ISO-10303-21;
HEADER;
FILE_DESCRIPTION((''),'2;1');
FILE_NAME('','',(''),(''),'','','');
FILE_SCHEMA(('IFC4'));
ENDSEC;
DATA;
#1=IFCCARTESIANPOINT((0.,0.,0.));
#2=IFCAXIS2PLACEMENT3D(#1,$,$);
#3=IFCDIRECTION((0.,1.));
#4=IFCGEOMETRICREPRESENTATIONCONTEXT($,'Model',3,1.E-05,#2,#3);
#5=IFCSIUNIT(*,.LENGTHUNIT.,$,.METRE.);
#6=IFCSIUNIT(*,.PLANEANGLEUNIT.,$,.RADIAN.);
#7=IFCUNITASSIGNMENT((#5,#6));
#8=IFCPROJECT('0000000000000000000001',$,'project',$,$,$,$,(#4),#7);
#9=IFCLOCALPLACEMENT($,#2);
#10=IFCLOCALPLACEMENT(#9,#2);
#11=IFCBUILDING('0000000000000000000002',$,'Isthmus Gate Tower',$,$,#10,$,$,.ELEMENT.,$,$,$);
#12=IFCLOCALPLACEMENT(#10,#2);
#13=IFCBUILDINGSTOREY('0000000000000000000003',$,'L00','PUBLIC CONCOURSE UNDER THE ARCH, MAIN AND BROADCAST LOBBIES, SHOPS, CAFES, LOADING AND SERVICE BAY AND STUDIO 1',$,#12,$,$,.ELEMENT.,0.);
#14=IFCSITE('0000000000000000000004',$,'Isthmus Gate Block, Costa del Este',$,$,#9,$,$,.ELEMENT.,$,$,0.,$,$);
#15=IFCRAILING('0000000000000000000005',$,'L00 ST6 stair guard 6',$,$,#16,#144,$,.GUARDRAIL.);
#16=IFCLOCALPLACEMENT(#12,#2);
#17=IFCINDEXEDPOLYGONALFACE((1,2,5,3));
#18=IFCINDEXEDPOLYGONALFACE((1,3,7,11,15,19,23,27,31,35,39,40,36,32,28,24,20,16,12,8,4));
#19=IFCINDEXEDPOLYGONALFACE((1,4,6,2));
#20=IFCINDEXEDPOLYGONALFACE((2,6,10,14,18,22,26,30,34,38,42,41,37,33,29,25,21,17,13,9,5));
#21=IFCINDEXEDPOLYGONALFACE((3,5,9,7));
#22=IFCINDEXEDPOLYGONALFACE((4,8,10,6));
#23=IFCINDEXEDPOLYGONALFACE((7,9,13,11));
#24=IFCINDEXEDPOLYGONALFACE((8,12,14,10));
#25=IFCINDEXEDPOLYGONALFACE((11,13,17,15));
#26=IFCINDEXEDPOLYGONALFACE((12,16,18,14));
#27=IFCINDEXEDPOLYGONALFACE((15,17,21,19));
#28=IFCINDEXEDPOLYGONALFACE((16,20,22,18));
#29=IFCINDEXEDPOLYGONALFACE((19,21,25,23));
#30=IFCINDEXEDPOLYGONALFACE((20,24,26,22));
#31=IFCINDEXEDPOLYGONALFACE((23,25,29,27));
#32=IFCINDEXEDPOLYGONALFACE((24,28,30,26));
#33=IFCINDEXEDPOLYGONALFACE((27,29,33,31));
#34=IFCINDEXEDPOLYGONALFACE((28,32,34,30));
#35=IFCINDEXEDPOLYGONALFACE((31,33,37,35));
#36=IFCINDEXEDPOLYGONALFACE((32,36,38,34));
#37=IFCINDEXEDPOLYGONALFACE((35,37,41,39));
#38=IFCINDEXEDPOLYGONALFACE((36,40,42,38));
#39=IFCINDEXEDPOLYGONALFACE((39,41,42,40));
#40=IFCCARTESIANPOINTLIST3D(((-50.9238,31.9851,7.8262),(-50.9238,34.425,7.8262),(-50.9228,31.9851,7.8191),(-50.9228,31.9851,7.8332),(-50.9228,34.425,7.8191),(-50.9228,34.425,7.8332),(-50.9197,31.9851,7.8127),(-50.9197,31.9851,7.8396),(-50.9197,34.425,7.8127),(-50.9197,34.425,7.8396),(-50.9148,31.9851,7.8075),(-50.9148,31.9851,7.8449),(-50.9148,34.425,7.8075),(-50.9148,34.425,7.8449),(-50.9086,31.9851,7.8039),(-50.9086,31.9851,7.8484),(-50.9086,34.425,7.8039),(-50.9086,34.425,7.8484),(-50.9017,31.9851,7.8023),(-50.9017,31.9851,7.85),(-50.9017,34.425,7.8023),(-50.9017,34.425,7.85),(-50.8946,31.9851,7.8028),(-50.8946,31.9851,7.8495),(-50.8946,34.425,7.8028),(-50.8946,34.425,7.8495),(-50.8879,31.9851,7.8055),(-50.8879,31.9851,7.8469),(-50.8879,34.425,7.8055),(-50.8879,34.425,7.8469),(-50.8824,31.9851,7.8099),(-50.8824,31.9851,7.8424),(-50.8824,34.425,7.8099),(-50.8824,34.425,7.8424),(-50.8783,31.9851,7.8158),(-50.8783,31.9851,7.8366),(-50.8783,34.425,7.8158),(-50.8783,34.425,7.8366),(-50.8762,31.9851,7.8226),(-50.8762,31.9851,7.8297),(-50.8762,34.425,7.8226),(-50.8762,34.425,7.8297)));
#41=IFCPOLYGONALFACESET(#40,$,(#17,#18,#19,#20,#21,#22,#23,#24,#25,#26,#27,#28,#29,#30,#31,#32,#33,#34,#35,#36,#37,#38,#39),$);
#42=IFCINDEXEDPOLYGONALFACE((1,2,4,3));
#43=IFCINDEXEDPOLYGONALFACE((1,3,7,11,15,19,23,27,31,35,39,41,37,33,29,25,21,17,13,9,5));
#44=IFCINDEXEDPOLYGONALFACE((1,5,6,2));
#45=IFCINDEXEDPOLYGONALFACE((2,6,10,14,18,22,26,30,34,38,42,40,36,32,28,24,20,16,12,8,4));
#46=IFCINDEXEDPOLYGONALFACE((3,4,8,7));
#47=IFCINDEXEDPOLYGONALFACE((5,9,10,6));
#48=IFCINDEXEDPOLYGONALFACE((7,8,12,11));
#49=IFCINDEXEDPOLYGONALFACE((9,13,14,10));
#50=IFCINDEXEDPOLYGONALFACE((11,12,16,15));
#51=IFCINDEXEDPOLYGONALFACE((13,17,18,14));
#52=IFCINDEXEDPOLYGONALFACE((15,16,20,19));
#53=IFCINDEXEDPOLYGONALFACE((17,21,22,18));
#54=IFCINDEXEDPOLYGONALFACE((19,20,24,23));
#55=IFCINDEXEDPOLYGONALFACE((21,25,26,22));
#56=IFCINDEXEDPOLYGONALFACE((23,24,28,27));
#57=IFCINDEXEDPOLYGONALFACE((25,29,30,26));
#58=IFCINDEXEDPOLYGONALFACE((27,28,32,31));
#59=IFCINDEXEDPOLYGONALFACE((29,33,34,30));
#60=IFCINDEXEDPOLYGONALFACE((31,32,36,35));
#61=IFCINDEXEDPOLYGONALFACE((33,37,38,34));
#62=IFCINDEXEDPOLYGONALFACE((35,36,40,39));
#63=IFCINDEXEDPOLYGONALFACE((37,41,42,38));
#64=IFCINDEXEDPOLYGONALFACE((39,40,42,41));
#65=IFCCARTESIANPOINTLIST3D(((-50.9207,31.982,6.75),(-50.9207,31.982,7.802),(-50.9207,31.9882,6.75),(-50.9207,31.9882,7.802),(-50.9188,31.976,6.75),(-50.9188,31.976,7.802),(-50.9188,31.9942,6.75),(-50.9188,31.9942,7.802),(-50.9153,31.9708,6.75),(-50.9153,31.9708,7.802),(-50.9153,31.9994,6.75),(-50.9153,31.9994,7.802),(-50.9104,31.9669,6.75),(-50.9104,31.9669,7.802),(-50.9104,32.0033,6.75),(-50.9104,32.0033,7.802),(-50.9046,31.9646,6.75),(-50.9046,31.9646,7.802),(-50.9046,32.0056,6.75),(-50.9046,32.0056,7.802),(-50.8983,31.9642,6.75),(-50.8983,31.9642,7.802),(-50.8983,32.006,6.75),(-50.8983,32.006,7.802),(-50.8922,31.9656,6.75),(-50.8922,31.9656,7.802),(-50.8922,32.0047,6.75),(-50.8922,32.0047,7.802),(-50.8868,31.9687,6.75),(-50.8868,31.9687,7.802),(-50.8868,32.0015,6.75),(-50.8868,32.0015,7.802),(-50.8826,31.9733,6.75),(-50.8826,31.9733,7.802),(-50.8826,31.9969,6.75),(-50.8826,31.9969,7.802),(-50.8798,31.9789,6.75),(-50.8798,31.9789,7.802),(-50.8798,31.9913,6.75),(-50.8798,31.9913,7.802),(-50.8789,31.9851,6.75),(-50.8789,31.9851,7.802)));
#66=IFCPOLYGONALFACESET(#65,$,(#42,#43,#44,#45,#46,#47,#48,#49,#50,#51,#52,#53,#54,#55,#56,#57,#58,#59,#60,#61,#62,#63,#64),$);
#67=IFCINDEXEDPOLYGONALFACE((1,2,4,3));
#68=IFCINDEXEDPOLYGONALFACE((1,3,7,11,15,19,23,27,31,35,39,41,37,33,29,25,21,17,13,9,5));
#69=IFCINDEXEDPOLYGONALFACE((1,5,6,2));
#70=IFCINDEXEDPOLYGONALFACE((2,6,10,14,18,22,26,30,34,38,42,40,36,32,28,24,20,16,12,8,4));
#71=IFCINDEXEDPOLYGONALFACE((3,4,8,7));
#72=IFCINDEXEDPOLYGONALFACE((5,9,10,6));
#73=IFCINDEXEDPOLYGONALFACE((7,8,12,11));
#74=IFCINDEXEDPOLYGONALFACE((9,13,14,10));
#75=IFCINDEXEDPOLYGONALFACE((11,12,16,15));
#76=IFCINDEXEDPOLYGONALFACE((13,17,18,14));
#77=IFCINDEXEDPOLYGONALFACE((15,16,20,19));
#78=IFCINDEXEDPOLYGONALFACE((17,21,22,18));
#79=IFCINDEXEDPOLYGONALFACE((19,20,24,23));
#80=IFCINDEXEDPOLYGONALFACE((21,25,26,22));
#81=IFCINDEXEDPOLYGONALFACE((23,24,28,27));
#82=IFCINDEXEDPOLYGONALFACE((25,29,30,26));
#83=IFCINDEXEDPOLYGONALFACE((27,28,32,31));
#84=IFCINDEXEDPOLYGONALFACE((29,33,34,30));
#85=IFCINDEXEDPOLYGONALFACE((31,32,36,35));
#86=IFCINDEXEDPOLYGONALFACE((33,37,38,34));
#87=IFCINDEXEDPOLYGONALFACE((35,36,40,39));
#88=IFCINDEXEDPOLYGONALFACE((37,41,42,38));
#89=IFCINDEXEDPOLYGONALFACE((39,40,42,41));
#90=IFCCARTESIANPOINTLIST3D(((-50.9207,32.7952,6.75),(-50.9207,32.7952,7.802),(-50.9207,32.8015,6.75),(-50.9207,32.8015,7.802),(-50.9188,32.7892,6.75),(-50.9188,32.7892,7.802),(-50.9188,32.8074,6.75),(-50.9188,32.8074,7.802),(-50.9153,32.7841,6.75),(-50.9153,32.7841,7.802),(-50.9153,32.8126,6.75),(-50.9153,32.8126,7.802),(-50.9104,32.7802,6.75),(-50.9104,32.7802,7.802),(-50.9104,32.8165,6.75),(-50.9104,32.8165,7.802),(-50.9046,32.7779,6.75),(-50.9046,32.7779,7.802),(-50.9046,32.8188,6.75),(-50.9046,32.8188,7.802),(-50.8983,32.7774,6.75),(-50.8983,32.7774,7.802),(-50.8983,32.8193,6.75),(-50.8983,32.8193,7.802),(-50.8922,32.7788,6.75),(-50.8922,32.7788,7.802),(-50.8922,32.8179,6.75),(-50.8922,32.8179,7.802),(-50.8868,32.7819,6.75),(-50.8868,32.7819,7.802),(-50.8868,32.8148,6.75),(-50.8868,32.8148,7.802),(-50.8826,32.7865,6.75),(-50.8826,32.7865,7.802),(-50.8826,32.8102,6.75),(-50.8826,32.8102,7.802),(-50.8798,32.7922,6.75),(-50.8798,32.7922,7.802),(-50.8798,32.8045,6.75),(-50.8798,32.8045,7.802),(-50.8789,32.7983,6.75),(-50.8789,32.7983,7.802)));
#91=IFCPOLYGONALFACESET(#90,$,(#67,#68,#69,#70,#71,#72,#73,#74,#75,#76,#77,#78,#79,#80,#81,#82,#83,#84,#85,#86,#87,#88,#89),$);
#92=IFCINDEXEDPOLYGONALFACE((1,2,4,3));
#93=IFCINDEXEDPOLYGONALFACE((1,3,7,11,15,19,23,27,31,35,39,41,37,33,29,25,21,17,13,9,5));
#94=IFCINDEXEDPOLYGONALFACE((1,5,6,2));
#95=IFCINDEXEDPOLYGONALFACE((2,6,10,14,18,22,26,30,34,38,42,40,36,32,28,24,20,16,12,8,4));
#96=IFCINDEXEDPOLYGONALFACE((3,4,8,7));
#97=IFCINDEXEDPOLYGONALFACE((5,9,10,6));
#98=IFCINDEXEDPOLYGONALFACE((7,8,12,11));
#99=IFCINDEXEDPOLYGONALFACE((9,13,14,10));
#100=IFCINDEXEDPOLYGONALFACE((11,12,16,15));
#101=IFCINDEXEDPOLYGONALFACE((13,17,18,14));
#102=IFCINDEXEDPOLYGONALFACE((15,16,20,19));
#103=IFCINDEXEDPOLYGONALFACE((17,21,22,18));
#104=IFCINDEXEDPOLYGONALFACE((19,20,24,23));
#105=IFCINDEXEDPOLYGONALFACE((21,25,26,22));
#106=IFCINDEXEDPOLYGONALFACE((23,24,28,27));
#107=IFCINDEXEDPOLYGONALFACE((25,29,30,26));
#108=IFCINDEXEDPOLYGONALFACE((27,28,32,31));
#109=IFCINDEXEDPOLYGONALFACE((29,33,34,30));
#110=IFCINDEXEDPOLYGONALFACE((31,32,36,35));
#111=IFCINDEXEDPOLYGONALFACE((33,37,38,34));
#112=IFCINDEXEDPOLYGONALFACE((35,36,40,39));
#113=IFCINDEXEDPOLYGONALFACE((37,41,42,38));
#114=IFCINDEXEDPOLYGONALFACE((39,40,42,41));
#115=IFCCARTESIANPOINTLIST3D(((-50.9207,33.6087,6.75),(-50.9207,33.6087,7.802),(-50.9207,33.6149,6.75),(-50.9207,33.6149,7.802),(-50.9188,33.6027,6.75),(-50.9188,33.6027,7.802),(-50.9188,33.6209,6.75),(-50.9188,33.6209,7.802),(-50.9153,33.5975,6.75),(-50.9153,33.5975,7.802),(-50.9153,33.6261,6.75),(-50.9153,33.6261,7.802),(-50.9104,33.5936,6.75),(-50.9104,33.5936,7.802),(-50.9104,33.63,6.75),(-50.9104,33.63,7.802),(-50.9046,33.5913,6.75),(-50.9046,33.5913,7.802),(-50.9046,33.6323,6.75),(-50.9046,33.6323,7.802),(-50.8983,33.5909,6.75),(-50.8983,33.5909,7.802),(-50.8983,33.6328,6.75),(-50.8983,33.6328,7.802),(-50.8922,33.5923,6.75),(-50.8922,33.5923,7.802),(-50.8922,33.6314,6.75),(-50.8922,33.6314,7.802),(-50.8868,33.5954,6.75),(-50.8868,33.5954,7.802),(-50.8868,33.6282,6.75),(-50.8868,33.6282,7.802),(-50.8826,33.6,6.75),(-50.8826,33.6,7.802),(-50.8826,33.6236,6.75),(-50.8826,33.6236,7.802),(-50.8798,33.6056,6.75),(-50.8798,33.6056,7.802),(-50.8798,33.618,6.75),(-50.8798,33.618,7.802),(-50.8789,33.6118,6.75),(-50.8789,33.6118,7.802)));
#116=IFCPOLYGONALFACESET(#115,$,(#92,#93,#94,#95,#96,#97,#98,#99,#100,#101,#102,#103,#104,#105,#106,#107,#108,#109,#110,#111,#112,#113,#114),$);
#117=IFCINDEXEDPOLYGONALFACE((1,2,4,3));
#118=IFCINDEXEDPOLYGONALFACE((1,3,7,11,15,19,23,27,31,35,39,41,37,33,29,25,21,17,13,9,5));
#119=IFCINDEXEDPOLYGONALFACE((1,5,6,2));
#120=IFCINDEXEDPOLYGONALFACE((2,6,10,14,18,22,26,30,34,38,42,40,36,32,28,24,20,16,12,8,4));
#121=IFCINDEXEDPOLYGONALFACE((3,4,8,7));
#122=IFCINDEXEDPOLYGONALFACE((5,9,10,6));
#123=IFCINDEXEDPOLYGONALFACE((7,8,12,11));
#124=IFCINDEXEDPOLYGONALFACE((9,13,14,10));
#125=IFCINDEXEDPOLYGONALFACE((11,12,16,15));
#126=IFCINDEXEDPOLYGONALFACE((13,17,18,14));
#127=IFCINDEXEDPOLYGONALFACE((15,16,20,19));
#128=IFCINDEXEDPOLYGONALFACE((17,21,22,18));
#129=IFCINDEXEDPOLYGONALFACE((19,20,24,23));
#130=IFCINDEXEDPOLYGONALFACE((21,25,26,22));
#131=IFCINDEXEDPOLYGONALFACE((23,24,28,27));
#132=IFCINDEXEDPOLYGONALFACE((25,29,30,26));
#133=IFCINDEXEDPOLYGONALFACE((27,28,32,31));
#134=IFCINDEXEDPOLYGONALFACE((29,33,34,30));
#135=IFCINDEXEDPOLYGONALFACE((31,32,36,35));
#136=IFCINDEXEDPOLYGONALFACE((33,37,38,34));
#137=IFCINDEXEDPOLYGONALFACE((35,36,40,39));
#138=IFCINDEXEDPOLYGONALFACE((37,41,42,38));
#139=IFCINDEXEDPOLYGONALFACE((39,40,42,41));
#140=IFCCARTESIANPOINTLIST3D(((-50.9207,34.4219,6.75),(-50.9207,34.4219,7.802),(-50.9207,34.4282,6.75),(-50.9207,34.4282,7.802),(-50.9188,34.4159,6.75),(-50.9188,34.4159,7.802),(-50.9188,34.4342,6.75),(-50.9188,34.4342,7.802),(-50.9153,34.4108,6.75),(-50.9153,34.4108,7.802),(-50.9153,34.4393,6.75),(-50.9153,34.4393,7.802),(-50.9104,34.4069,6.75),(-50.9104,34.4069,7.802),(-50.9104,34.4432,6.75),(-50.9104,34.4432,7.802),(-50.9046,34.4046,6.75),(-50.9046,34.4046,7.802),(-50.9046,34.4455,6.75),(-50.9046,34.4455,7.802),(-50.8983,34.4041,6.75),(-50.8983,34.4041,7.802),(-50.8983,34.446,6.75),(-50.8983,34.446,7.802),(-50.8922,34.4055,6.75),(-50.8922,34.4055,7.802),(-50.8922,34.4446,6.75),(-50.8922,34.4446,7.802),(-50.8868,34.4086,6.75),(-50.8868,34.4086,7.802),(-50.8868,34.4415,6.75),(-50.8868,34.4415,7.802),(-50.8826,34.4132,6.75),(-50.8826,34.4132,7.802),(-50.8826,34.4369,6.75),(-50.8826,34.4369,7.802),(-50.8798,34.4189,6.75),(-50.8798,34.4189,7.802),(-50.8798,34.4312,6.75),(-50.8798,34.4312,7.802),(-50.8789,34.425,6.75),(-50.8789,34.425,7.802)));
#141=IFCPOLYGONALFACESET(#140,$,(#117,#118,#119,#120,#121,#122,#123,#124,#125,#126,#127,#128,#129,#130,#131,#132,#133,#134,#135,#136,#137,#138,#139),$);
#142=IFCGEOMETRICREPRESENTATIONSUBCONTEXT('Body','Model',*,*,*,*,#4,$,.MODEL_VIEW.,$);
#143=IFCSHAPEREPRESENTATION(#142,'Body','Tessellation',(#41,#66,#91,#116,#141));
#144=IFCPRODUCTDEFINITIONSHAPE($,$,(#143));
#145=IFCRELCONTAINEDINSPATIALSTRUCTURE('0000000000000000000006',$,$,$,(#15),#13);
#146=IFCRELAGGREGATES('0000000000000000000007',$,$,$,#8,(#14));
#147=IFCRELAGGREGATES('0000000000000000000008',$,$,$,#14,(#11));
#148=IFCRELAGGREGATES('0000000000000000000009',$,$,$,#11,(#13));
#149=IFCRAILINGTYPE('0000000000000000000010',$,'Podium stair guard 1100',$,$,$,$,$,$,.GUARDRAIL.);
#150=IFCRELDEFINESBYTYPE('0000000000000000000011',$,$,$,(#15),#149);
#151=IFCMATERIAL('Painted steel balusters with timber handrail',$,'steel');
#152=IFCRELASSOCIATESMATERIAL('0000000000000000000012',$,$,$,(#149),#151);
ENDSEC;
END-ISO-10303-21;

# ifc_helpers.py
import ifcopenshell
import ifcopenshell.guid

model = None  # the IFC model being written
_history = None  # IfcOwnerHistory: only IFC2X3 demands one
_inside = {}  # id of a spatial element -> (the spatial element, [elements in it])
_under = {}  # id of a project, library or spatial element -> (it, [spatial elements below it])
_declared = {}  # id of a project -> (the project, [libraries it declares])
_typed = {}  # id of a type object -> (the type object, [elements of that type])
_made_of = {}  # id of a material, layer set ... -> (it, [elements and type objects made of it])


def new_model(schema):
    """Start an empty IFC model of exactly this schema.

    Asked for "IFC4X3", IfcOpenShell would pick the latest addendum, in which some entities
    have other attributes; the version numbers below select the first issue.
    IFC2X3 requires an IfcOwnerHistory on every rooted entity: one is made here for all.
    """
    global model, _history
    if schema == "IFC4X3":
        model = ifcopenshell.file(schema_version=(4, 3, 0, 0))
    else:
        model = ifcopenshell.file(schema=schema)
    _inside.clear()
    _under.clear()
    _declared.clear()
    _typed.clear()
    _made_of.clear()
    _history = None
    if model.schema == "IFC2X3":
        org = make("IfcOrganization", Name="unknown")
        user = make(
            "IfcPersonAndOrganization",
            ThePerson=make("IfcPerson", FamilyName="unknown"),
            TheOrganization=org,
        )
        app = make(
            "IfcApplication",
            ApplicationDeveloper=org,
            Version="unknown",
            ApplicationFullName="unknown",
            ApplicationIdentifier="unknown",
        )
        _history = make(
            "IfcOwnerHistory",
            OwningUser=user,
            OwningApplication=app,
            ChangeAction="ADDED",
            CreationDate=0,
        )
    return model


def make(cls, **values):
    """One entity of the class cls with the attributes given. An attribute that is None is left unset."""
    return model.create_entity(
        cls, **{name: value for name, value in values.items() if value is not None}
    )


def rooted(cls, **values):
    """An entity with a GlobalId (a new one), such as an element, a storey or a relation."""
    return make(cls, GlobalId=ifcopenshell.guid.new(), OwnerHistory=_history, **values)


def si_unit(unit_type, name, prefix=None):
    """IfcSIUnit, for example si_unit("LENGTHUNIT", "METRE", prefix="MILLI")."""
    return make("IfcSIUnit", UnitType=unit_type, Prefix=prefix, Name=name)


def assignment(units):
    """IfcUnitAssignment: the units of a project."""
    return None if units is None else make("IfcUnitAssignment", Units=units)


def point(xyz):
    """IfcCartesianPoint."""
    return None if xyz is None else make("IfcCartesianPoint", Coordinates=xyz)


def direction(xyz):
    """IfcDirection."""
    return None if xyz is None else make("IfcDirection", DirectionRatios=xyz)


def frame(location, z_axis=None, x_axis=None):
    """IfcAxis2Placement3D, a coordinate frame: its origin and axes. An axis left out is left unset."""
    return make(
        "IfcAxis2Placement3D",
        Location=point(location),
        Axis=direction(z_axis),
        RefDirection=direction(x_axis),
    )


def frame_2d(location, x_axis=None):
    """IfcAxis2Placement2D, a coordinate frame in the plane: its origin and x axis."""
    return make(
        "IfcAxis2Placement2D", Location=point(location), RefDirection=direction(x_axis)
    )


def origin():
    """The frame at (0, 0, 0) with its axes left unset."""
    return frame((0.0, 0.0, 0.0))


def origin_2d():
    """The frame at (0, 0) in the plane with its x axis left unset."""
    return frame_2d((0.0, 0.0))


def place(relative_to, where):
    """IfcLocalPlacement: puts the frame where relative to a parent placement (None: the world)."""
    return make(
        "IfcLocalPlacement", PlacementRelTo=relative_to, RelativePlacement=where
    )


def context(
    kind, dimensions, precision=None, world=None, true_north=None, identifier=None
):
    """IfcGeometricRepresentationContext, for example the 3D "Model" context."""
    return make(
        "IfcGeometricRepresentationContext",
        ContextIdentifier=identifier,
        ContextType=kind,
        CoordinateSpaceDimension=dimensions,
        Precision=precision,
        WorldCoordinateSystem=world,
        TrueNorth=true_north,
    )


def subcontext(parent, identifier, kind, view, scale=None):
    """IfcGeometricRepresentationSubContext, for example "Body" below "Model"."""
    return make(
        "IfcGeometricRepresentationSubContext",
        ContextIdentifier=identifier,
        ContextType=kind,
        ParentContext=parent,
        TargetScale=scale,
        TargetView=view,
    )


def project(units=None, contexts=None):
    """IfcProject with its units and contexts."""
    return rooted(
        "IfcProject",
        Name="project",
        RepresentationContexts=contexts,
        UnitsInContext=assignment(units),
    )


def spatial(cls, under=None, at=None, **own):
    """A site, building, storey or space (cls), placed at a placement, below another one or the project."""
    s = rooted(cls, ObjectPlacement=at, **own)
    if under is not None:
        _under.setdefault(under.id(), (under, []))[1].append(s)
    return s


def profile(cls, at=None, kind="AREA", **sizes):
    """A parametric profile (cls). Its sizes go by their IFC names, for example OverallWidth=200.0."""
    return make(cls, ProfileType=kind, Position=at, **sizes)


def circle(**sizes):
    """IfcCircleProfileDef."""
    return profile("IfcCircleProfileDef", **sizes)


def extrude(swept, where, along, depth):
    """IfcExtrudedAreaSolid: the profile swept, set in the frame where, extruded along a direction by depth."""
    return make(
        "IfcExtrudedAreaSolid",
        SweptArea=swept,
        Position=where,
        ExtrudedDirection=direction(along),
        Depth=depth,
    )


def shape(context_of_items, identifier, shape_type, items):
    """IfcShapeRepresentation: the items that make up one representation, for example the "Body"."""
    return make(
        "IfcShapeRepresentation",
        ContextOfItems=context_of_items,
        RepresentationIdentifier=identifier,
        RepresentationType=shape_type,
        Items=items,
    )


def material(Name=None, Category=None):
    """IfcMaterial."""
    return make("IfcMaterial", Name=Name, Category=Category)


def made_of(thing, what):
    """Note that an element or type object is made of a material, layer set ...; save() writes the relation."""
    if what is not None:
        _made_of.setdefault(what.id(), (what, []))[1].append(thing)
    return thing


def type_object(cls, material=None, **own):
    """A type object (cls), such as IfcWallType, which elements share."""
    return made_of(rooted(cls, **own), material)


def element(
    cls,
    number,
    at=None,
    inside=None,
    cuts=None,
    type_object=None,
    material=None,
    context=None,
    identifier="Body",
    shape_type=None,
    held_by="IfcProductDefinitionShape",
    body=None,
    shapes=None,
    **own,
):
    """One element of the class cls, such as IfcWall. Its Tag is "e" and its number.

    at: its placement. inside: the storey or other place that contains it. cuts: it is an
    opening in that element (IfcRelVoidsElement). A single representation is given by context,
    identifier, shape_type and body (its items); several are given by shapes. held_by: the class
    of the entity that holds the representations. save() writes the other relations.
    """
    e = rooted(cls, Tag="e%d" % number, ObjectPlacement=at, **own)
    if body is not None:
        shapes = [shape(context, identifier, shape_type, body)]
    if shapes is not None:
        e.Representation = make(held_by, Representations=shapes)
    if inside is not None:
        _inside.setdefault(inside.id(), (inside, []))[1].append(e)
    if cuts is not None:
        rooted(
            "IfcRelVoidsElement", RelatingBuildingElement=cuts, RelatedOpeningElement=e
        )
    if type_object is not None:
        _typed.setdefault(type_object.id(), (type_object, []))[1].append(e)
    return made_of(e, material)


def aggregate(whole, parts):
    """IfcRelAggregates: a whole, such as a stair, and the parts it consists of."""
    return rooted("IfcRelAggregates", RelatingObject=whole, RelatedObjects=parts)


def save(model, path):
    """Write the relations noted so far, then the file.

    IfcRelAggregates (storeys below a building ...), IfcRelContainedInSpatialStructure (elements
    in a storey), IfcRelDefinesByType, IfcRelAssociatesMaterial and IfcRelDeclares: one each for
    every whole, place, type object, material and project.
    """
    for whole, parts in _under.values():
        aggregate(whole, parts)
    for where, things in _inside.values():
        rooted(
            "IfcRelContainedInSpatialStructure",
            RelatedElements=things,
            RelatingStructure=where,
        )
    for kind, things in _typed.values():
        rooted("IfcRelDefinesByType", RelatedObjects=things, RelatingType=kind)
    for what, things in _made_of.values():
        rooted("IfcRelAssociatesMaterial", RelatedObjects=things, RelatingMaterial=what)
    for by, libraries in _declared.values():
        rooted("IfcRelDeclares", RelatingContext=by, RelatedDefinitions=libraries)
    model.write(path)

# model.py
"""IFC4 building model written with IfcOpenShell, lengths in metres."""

from ifc_helpers import new_model, si_unit, direction, frame, origin, origin_2d, place, context, subcontext, project, spatial, circle, extrude, material, type_object, element, save


model = new_model("IFC4")

# Units and contexts
model_context = context("Model", 3, precision=1e-05, world=origin(), true_north=direction((0.0, 1.0)))
body_context = subcontext(model_context, "Body", "Model", "MODEL_VIEW")
ifc_project = project(units=[si_unit("LENGTHUNIT", "METRE"), si_unit("PLANEANGLEUNIT", "RADIAN")], contexts=[model_context])

# Site, building, storey
site_placement = place(None, origin())
site = spatial("IfcSite", under=ifc_project, at=site_placement, Name="Isthmus Gate Block, Costa del Este", CompositionType="ELEMENT", RefElevation=0.0)
building_placement = place(site_placement, origin())
building = spatial("IfcBuilding", under=site, at=building_placement, Name="Isthmus Gate Tower", CompositionType="ELEMENT")
storey_placement = place(building_placement, origin())
storey = spatial("IfcBuildingStorey", under=building, at=storey_placement, Name="L00", Description="PUBLIC CONCOURSE UNDER THE ARCH, MAIN AND BROADCAST LOBBIES, SHOPS, CAFES, LOADING AND SERVICE BAY AND STUDIO 1", CompositionType="ELEMENT", Elevation=0.0)

# Railing
ifc_material_1 = material(Name="Painted steel balusters with timber handrail", Category="steel")
railing_type_1 = type_object("IfcRailingType", Name="Podium stair guard 1100", PredefinedType="GUARDRAIL", material=ifc_material_1)
railing_1_placement = place(storey_placement, frame((-50.8999, 31.9851, 6.75)))
element("IfcRailing", 1, at=railing_1_placement, inside=storey, type_object=railing_type_1, Name="L00 ST6 stair guard 6", PredefinedType="GUARDRAIL", context=body_context, shape_type="SweptSolid", body=[
    extrude(circle(Radius=0.0239, at=origin_2d()), frame((0.0, 0.0, 1.0762), z_axis=(0.0, 1.0, 0.0), x_axis=(-1.0, 0.0, 0.0)), (0.0, 0.0, 1.0), 2.4399),
    extrude(circle(Radius=0.021, at=origin_2d()), origin(), (0.0, 0.0, 1.0), 1.052),
    extrude(circle(Radius=0.021, at=origin_2d()), frame((0.0, 0.8132, 0.0)), (0.0, 0.0, 1.0), 1.052),
    extrude(circle(Radius=0.021, at=origin_2d()), frame((0.0, 1.6267, 0.0)), (0.0, 0.0, 1.0), 1.052),
    extrude(circle(Radius=0.021, at=origin_2d()), frame((0.0, 2.4399, 0.0)), (0.0, 0.0, 1.0), 1.052),
])

save(model, "model.ifc")
